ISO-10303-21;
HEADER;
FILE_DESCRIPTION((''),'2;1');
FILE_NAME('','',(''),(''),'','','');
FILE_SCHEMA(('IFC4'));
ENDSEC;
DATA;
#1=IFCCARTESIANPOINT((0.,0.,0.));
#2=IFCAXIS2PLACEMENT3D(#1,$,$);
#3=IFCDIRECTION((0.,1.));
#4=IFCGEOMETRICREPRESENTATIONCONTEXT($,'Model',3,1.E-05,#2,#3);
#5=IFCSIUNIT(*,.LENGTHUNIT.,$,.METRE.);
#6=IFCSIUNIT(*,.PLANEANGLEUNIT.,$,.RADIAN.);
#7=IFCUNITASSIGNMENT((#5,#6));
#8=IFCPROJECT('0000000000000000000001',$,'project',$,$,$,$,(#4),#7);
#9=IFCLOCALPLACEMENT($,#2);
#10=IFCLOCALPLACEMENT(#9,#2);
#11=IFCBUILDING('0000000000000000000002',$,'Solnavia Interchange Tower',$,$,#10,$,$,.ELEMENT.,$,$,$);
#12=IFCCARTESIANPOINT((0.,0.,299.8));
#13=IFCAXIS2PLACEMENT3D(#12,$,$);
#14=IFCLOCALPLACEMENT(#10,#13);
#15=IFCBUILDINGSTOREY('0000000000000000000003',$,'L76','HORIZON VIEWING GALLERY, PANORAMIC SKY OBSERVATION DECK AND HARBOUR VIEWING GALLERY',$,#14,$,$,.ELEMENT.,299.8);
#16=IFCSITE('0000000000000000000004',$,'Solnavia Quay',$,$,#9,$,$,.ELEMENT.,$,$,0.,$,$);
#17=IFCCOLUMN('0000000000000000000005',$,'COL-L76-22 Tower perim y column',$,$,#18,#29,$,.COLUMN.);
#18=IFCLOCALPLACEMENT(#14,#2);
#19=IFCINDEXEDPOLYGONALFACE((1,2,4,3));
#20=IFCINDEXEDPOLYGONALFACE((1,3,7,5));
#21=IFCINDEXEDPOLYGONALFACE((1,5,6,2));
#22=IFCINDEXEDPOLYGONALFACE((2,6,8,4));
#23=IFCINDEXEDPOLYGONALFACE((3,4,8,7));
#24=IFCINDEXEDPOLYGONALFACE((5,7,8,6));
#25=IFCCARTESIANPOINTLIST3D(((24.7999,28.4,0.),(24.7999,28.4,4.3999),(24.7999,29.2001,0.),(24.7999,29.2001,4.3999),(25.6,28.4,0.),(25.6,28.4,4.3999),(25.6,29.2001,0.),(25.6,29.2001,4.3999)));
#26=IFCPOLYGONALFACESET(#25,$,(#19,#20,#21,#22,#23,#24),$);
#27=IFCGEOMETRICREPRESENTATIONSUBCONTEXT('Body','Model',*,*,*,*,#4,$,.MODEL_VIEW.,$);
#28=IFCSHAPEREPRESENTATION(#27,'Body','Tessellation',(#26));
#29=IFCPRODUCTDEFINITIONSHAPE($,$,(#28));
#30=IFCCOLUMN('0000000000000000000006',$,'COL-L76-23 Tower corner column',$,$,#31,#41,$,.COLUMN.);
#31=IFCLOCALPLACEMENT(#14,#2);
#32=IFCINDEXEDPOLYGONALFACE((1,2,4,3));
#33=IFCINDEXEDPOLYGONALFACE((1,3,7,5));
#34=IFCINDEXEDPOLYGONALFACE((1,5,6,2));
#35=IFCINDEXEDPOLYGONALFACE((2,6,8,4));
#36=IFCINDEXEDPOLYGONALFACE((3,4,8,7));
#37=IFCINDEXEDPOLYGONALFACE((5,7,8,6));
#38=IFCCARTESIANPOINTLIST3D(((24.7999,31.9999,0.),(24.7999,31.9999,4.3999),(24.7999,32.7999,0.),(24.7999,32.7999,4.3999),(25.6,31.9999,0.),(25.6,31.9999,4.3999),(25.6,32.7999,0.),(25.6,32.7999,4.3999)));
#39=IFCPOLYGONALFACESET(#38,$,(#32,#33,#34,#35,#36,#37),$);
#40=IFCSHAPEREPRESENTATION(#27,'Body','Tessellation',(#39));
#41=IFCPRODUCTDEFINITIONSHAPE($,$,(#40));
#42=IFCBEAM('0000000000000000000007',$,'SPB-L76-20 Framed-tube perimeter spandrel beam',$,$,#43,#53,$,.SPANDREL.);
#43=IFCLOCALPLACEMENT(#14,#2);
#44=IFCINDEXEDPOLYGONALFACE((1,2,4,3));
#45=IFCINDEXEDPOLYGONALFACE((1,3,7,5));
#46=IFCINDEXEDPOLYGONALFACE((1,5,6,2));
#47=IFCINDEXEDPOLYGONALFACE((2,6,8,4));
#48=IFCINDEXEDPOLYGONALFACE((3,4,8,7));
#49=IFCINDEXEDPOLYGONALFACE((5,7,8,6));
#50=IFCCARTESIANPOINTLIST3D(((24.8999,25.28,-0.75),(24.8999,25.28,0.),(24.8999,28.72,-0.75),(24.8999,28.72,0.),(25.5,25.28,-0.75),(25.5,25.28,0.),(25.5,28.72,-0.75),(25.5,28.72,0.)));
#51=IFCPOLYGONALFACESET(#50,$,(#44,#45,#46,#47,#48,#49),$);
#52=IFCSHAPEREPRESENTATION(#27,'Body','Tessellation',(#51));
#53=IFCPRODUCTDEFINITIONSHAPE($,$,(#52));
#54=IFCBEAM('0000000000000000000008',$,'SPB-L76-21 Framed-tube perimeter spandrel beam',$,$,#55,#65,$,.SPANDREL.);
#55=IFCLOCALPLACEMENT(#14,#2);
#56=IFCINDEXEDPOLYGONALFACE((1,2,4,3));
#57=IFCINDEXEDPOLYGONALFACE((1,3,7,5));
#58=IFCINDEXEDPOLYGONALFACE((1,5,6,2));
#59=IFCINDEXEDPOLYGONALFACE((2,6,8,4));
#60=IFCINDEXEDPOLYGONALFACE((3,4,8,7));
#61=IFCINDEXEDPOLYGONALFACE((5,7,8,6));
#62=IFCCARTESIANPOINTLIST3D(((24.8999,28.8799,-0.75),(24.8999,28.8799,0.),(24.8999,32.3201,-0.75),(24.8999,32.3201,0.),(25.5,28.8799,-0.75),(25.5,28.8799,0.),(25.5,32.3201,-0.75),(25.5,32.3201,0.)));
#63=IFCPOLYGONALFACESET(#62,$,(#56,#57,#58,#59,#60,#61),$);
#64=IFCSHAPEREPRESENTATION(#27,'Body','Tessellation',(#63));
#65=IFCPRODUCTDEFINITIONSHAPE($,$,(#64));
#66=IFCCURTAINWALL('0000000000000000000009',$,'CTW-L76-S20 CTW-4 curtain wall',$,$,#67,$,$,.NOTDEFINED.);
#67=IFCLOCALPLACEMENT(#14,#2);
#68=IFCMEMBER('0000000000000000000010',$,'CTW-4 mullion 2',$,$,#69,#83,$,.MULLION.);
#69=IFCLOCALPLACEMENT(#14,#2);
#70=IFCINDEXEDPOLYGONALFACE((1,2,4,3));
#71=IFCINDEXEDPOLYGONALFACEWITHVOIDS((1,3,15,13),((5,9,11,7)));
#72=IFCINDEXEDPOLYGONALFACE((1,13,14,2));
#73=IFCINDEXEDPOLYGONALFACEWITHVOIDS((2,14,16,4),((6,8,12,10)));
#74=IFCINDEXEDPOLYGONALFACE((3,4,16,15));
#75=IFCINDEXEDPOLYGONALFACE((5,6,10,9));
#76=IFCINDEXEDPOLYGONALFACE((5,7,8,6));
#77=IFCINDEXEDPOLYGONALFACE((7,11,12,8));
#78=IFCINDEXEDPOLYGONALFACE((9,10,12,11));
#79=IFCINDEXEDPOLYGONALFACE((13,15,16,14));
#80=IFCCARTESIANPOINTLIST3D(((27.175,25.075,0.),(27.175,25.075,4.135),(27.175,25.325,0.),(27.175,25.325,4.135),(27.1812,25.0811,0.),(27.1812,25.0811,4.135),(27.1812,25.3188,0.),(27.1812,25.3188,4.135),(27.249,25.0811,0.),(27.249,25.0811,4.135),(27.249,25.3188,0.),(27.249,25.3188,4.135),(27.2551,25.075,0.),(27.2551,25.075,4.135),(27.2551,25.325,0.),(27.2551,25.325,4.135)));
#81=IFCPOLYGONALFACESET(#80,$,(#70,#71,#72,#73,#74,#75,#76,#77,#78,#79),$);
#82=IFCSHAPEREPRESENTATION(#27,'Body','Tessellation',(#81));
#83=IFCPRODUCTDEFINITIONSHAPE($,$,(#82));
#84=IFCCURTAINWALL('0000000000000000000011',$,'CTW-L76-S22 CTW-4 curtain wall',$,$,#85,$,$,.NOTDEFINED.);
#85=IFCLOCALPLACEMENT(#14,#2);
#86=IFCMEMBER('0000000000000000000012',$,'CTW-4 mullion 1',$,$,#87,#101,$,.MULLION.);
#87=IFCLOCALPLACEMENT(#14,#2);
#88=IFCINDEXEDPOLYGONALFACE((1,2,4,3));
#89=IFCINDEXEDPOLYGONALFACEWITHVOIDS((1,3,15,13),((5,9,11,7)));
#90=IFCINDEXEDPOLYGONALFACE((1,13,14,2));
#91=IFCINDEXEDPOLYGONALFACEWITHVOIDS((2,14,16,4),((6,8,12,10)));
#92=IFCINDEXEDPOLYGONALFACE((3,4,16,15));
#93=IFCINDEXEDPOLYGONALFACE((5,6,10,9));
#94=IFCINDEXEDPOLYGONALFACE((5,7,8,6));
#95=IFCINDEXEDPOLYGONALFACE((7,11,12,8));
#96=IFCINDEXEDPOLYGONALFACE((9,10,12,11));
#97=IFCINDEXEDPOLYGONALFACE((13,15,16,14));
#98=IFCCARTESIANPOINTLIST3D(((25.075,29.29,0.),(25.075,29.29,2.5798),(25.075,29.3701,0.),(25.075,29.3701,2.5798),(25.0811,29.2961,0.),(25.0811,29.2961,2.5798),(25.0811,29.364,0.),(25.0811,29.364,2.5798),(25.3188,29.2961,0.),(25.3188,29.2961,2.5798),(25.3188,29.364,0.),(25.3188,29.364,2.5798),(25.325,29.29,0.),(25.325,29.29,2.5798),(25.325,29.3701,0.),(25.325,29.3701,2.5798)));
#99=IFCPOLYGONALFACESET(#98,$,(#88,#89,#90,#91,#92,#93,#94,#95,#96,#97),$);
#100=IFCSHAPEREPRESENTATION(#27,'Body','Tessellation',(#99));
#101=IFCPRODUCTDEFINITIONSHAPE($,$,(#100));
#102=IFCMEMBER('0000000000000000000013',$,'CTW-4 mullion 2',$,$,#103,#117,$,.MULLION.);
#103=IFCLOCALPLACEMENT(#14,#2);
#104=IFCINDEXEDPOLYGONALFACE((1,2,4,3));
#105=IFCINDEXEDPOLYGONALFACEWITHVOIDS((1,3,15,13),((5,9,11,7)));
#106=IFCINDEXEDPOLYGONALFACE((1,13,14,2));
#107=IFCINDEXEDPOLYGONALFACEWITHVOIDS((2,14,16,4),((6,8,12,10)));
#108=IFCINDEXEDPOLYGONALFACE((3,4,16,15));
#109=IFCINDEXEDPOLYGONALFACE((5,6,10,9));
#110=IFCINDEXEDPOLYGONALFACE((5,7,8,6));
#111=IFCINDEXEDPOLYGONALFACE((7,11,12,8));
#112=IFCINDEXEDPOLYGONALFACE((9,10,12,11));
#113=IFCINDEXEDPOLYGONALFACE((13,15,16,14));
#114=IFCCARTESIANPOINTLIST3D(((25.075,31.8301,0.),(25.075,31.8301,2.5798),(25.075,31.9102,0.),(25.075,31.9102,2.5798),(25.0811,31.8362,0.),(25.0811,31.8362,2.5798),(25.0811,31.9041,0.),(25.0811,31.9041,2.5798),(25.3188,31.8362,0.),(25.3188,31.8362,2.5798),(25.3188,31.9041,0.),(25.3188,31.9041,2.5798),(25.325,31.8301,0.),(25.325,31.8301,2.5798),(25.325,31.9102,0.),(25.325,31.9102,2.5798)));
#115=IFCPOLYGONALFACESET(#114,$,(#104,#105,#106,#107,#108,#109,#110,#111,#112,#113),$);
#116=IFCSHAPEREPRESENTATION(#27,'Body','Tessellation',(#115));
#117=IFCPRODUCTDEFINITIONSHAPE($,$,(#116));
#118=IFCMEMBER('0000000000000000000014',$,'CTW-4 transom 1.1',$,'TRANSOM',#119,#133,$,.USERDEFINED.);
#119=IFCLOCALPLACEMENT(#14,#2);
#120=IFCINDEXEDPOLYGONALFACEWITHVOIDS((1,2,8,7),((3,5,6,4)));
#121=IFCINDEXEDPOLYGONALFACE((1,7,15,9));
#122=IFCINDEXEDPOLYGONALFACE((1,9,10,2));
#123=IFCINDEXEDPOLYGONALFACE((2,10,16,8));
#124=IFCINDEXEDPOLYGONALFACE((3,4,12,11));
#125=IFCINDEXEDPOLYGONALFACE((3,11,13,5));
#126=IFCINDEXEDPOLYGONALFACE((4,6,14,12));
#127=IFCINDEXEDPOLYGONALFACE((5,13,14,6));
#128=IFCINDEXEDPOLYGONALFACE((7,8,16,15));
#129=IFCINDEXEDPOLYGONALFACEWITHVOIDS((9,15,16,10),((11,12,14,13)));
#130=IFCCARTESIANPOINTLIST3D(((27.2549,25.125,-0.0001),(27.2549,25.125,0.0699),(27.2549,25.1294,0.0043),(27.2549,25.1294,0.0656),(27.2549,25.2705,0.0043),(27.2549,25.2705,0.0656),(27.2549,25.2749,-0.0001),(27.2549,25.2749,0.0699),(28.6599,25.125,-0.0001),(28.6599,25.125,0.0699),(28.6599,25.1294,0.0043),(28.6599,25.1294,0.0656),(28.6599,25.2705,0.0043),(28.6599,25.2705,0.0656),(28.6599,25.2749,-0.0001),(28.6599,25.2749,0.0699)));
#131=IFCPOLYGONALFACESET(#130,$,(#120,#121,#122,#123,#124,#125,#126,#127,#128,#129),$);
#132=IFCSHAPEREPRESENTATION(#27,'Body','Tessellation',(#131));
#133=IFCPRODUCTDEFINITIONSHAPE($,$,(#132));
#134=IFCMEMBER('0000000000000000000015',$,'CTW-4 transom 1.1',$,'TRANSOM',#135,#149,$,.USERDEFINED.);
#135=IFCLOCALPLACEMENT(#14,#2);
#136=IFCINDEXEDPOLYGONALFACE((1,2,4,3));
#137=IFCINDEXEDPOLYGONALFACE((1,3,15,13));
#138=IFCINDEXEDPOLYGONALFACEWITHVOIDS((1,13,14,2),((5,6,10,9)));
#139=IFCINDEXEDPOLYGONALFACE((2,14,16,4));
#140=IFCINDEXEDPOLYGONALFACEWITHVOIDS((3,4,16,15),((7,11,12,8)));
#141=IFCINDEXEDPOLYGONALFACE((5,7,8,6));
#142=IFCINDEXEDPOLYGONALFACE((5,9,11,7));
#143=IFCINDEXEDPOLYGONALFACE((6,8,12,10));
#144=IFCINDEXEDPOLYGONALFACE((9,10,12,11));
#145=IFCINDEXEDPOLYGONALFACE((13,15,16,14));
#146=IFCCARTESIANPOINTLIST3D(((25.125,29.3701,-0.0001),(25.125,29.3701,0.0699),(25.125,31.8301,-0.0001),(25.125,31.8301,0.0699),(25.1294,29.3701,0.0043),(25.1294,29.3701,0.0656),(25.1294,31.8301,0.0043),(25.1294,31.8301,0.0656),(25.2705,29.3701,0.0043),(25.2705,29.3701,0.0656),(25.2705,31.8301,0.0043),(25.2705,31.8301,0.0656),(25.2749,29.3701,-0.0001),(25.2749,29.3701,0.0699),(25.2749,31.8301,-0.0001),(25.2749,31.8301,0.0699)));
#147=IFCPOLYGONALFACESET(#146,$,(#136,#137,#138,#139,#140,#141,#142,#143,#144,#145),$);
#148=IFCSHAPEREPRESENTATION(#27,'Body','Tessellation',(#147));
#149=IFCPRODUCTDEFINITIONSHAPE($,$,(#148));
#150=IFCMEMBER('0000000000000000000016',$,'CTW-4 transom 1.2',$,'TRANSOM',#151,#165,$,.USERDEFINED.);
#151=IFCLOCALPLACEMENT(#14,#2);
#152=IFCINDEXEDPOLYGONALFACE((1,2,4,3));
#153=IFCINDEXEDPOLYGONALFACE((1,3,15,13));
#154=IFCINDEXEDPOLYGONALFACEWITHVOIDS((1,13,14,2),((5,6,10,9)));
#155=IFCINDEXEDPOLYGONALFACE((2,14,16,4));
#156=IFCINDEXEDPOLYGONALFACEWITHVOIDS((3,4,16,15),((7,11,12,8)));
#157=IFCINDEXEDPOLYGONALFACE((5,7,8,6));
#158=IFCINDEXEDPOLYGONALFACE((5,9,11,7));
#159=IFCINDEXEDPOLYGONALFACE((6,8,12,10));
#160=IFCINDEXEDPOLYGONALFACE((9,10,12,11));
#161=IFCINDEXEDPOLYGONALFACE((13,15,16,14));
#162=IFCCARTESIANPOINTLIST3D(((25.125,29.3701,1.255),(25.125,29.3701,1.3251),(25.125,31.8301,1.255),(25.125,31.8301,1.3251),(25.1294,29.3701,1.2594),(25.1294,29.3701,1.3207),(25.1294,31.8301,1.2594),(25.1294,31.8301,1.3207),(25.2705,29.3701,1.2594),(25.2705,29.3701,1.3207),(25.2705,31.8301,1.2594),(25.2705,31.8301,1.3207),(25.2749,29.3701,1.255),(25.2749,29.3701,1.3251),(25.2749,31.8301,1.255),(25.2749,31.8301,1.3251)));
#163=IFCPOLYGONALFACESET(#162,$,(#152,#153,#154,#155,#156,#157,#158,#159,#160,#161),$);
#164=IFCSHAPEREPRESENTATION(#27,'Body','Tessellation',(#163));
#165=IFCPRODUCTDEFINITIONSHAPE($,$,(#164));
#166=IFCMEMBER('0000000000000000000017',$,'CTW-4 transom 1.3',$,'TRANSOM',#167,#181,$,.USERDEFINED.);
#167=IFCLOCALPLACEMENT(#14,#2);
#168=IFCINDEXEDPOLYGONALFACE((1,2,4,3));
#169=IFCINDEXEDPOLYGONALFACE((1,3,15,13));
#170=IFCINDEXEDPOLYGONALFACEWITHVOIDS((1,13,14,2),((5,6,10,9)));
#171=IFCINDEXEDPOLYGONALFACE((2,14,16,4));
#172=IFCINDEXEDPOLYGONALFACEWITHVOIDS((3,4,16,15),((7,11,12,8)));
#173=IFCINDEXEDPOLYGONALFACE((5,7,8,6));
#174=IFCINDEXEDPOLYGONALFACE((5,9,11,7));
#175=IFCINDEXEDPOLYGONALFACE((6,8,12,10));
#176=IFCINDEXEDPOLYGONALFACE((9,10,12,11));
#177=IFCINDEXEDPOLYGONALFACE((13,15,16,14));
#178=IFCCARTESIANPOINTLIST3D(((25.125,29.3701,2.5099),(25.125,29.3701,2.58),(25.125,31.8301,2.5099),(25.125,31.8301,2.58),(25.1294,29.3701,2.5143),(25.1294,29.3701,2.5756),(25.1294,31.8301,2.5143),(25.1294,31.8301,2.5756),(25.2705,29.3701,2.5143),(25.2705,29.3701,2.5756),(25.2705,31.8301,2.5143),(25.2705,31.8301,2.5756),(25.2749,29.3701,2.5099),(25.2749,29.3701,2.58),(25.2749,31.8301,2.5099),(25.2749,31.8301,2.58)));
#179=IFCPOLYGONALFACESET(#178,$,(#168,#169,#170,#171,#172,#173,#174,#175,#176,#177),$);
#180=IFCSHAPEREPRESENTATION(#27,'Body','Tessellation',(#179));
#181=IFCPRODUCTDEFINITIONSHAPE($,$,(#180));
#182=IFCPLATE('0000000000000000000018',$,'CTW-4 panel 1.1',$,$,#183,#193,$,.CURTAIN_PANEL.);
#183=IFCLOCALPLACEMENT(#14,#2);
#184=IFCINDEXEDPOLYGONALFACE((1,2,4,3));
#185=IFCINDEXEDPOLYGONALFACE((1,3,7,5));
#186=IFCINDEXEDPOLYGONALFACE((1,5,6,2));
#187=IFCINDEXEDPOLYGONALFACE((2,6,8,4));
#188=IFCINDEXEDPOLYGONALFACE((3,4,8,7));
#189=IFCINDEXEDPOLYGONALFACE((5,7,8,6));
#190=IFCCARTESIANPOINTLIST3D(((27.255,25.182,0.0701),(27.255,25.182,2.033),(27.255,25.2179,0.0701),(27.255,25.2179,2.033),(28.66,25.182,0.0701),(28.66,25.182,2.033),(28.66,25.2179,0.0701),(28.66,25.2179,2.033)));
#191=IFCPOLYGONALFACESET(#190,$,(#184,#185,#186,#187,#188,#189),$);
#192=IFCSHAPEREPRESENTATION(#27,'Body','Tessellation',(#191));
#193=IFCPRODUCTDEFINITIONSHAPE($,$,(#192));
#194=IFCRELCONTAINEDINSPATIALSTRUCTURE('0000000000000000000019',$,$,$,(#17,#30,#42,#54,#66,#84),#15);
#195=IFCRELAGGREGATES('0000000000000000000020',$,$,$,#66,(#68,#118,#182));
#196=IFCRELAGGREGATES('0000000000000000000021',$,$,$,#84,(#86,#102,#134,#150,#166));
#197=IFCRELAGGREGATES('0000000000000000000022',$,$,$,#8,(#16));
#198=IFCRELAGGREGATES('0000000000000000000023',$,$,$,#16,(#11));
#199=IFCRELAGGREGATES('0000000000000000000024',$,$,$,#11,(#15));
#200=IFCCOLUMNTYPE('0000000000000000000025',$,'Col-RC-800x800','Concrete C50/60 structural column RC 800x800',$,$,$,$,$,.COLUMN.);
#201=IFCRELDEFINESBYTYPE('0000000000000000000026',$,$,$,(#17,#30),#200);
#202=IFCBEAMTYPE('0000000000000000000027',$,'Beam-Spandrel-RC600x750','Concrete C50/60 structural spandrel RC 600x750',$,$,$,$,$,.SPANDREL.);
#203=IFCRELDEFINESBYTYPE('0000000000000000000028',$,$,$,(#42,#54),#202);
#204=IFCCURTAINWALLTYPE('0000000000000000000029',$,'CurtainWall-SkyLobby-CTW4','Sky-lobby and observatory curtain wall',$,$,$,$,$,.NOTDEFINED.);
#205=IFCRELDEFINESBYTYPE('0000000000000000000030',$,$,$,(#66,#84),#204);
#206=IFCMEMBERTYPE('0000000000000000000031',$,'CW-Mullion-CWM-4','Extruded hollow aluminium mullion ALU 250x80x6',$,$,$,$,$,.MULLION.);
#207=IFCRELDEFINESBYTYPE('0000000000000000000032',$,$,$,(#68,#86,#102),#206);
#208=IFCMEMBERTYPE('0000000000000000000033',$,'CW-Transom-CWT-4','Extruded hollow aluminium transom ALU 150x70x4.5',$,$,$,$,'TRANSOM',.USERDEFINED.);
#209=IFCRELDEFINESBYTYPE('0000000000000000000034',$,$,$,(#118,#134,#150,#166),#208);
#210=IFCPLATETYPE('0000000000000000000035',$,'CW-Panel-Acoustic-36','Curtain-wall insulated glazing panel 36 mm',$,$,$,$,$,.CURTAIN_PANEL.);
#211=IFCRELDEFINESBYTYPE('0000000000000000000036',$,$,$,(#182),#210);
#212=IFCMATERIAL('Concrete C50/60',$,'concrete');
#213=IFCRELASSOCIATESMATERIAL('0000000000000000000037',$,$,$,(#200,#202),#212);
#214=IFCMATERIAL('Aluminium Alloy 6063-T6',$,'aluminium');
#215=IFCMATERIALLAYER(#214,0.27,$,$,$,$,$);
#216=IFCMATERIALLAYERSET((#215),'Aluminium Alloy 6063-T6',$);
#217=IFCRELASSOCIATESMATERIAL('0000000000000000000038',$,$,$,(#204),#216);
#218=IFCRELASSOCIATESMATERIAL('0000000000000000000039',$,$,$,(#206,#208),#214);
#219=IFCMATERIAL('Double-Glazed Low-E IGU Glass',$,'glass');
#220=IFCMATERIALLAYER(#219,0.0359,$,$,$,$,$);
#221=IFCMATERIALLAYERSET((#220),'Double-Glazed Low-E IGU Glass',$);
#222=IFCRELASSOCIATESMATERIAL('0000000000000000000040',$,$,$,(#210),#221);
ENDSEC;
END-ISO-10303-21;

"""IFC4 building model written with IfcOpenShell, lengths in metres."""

from ifc_helpers import new_model, si_unit, direction, frame, origin, origin_2d, place, context, subcontext, project, spatial, rectangle, hollow_rectangle, extrude, material, layer, layer_set, material_profile, profile_set, type_object, element, aggregate, save


model = new_model("IFC4")

# Units and contexts
model_context = context("Model", 3, precision=1e-05, world=origin(), true_north=direction((0.0, 1.0)))
body_context = subcontext(model_context, "Body", "Model", "MODEL_VIEW")
ifc_project = project(units=[si_unit("LENGTHUNIT", "METRE"), si_unit("PLANEANGLEUNIT", "RADIAN")], contexts=[model_context])

# Site, building, storey
site_placement = place(None, origin())
site = spatial("IfcSite", under=ifc_project, at=site_placement, Name="Solnavia Quay", CompositionType="ELEMENT", RefElevation=0.0)
building_placement = place(site_placement, origin())
building = spatial("IfcBuilding", under=site, at=building_placement, Name="Solnavia Interchange Tower", CompositionType="ELEMENT")
storey_placement = place(building_placement, frame((0.0, 0.0, 299.8)))
storey = spatial("IfcBuildingStorey", under=building, at=storey_placement, Name="L76", Description="HORIZON VIEWING GALLERY, PANORAMIC SKY OBSERVATION DECK AND HARBOUR VIEWING GALLERY", CompositionType="ELEMENT", Elevation=299.8)

# Columns
ifc_material_1 = material(Name="Concrete C50/60", Category="concrete")
ifc_material_profile_1 = material_profile(ifc_material_1, rectangle(XDim=0.8, YDim=0.8, at=origin_2d()), Name="RC 800x800")
ifc_profile_set_1 = profile_set([ifc_material_profile_1], Name="Concrete C50/60")
column_type = type_object("IfcColumnType", Name="Col-RC-800x800", Description="Concrete C50/60 structural column RC 800x800", PredefinedType="COLUMN", material=ifc_profile_set_1)
for number, where, z_axis, x_axis, name in (
    (1, (25.2, 28.8, 0.0), (0.0, 0.0, 1.0), (0.0, 1.0, 0.0), "COL-L76-22 Tower perim y column"),
    (2, (25.2, 32.3999, 0.0), (0.0, 0.0, 1.0), (0.0, 1.0, 0.0), "COL-L76-23 Tower corner column"),
):
    element("IfcColumn", number, at=place(storey_placement, frame(where, z_axis=z_axis, x_axis=x_axis)), inside=storey, type_object=column_type, Name=name, PredefinedType="COLUMN", context=body_context, shape_type="SweptSolid", body=[
        extrude(rectangle(XDim=0.8, YDim=0.8, at=origin_2d()), origin(), (0.0, 0.0, 1.0), 4.3999),
    ])

# Beams
ifc_material_profile_2 = material_profile(ifc_material_1, rectangle(XDim=0.6001, YDim=0.75, at=origin_2d()), Name="RC 600x750")
ifc_profile_set_2 = profile_set([ifc_material_profile_2], Name="Concrete C50/60")
beam_type = type_object("IfcBeamType", Name="Beam-Spandrel-RC600x750", Description="Concrete C50/60 structural spandrel RC 600x750", PredefinedType="SPANDREL", material=ifc_profile_set_2)
beam_1_placement = place(storey_placement, frame((25.2, 25.28, -0.375), z_axis=(0.0, 1.0, 0.0), x_axis=(-1.0, 0.0, 0.0)))
element("IfcBeam", 3, at=beam_1_placement, inside=storey, type_object=beam_type, Name="SPB-L76-20 Framed-tube perimeter spandrel beam", PredefinedType="SPANDREL", context=body_context, shape_type="SweptSolid", body=[
    extrude(rectangle(XDim=0.6001, YDim=0.75, at=origin_2d()), origin(), (0.0, 0.0, 1.0), 3.4399),
])
beam_2_placement = place(storey_placement, frame((25.2, 28.8799, -0.375), z_axis=(0.0, 1.0, 0.0), x_axis=(-1.0, 0.0, 0.0)))
element("IfcBeam", 4, at=beam_2_placement, inside=storey, type_object=beam_type, Name="SPB-L76-21 Framed-tube perimeter spandrel beam", PredefinedType="SPANDREL", context=body_context, shape_type="SweptSolid", body=[
    extrude(rectangle(XDim=0.6001, YDim=0.75, at=origin_2d()), origin(), (0.0, 0.0, 1.0), 3.4402),
])

# Curtain wall, member
ifc_material_2 = material(Name="Aluminium Alloy 6063-T6", Category="aluminium")
ifc_layer_1 = layer(ifc_material_2, 0.27)
ifc_layer_set_1 = layer_set([ifc_layer_1], Name="Aluminium Alloy 6063-T6")
curtain_wall_type = type_object("IfcCurtainWallType", Name="CurtainWall-SkyLobby-CTW4", Description="Sky-lobby and observatory curtain wall", PredefinedType="NOTDEFINED", material=ifc_layer_set_1)
curtain_wall_1_placement = place(storey_placement, origin())
curtain_wall_1 = element("IfcCurtainWall", 5, at=curtain_wall_1_placement, inside=storey, type_object=curtain_wall_type, Name="CTW-L76-S20 CTW-4 curtain wall", PredefinedType="NOTDEFINED")
ifc_material_profile_3 = material_profile(ifc_material_2, hollow_rectangle(XDim=0.0801, YDim=0.25, WallThickness=0.0061, at=origin_2d()), Name="ALU 250x80x6")
ifc_profile_set_3 = profile_set([ifc_material_profile_3], Name="Aluminium Alloy 6063-T6")
member_type_1 = type_object("IfcMemberType", Name="CW-Mullion-CWM-4", Description="Extruded hollow aluminium mullion ALU 250x80x6", PredefinedType="MULLION", material=ifc_profile_set_3)
member_1_placement = place(storey_placement, frame((27.2151, 25.2, 0.0), z_axis=(0.0, 0.0, 1.0), x_axis=(-1.0, 0.0, 0.0)))
member_1 = element("IfcMember", 6, at=member_1_placement, type_object=member_type_1, Name="CTW-4 mullion 2", PredefinedType="MULLION", context=body_context, shape_type="SweptSolid", body=[
    extrude(hollow_rectangle(XDim=0.0801, YDim=0.25, WallThickness=0.0061, at=origin_2d()), origin(), (0.0, 0.0, 1.0), 4.135),
])

# Curtain wall, members
curtain_wall_2_placement = place(storey_placement, origin())
curtain_wall_2 = element("IfcCurtainWall", 7, at=curtain_wall_2_placement, inside=storey, type_object=curtain_wall_type, Name="CTW-L76-S22 CTW-4 curtain wall", PredefinedType="NOTDEFINED")
member_2_placement = place(storey_placement, frame((25.2, 29.3301, 0.0), z_axis=(0.0, 0.0, 1.0), x_axis=(0.0, 1.0, 0.0)))
member_2 = element("IfcMember", 8, at=member_2_placement, type_object=member_type_1, Name="CTW-4 mullion 1", PredefinedType="MULLION", context=body_context, shape_type="SweptSolid", body=[
    extrude(hollow_rectangle(XDim=0.0801, YDim=0.25, WallThickness=0.0061, at=origin_2d()), origin(), (0.0, 0.0, 1.0), 2.5798),
])
member_3_placement = place(storey_placement, frame((25.2, 31.8701, 0.0), z_axis=(0.0, 0.0, 1.0), x_axis=(0.0, 1.0, 0.0)))
member_3 = element("IfcMember", 9, at=member_3_placement, type_object=member_type_1, Name="CTW-4 mullion 2", PredefinedType="MULLION", context=body_context, shape_type="SweptSolid", body=[
    extrude(hollow_rectangle(XDim=0.0801, YDim=0.25, WallThickness=0.0061, at=origin_2d()), origin(), (0.0, 0.0, 1.0), 2.5798),
])

# Members
ifc_material_profile_4 = material_profile(ifc_material_2, hollow_rectangle(XDim=0.0701, YDim=0.1499, WallThickness=0.0044, at=origin_2d()), Name="ALU 150x70x4.5")
ifc_profile_set_4 = profile_set([ifc_material_profile_4], Name="Aluminium Alloy 6063-T6")
member_type_2 = type_object("IfcMemberType", Name="CW-Transom-CWT-4", Description="Extruded hollow aluminium transom ALU 150x70x4.5", ElementType="TRANSOM", PredefinedType="USERDEFINED", material=ifc_profile_set_4)
member_4_placement = place(storey_placement, frame((28.6599, 25.2, 0.0349), z_axis=(-1.0, 0.0, 0.0), x_axis=(0.0, 0.0, 1.0)))
member_4 = element("IfcMember", 10, at=member_4_placement, type_object=member_type_2, Name="CTW-4 transom 1.1", ObjectType="TRANSOM", PredefinedType="USERDEFINED", context=body_context, shape_type="SweptSolid", body=[
    extrude(hollow_rectangle(XDim=0.0701, YDim=0.1499, WallThickness=0.0044, at=origin_2d()), origin(), (0.0, 0.0, 1.0), 1.405),
])
member_5_placement = place(storey_placement, frame((25.2, 29.3701, 0.0349), z_axis=(0.0, 1.0, 0.0), x_axis=(0.0, 0.0, 1.0)))
member_5 = element("IfcMember", 11, at=member_5_placement, type_object=member_type_2, Name="CTW-4 transom 1.1", ObjectType="TRANSOM", PredefinedType="USERDEFINED", context=body_context, shape_type="SweptSolid", body=[
    extrude(hollow_rectangle(XDim=0.0701, YDim=0.1499, WallThickness=0.0044, at=origin_2d()), origin(), (0.0, 0.0, 1.0), 2.46),
])
member_6_placement = place(storey_placement, frame((25.2, 29.3701, 1.29), z_axis=(0.0, 1.0, 0.0), x_axis=(0.0, 0.0, 1.0)))
member_6 = element("IfcMember", 12, at=member_6_placement, type_object=member_type_2, Name="CTW-4 transom 1.2", ObjectType="TRANSOM", PredefinedType="USERDEFINED", context=body_context, shape_type="SweptSolid", body=[
    extrude(hollow_rectangle(XDim=0.0701, YDim=0.1499, WallThickness=0.0044, at=origin_2d()), origin(), (0.0, 0.0, 1.0), 2.46),
])
member_7_placement = place(storey_placement, frame((25.2, 29.3701, 2.5449), z_axis=(0.0, 1.0, 0.0), x_axis=(0.0, 0.0, 1.0)))
member_7 = element("IfcMember", 13, at=member_7_placement, type_object=member_type_2, Name="CTW-4 transom 1.3", ObjectType="TRANSOM", PredefinedType="USERDEFINED", context=body_context, shape_type="SweptSolid", body=[
    extrude(hollow_rectangle(XDim=0.0701, YDim=0.1499, WallThickness=0.0044, at=origin_2d()), origin(), (0.0, 0.0, 1.0), 2.46),
])

# Plate
ifc_material_3 = material(Name="Double-Glazed Low-E IGU Glass", Category="glass")
ifc_layer_2 = layer(ifc_material_3, 0.0359)
ifc_layer_set_2 = layer_set([ifc_layer_2], Name="Double-Glazed Low-E IGU Glass")
plate_type = type_object("IfcPlateType", Name="CW-Panel-Acoustic-36", Description="Curtain-wall insulated glazing panel 36 mm", PredefinedType="CURTAIN_PANEL", material=ifc_layer_set_2)
plate_1_placement = place(storey_placement, frame((27.9575, 25.2, 0.0701), z_axis=(0.0, 0.0, 1.0), x_axis=(-1.0, 0.0, 0.0)))
plate_1 = element("IfcPlate", 14, at=plate_1_placement, type_object=plate_type, Name="CTW-4 panel 1.1", PredefinedType="CURTAIN_PANEL", context=body_context, shape_type="SweptSolid", body=[
    extrude(rectangle(XDim=1.405, YDim=0.0359, at=origin_2d()), origin(), (0.0, 0.0, 1.0), 1.9629),
])
aggregate(curtain_wall_1, [member_1, member_4, plate_1])
aggregate(curtain_wall_2, [member_2, member_3, member_5, member_6, member_7])

save(model, "model.ifc")
